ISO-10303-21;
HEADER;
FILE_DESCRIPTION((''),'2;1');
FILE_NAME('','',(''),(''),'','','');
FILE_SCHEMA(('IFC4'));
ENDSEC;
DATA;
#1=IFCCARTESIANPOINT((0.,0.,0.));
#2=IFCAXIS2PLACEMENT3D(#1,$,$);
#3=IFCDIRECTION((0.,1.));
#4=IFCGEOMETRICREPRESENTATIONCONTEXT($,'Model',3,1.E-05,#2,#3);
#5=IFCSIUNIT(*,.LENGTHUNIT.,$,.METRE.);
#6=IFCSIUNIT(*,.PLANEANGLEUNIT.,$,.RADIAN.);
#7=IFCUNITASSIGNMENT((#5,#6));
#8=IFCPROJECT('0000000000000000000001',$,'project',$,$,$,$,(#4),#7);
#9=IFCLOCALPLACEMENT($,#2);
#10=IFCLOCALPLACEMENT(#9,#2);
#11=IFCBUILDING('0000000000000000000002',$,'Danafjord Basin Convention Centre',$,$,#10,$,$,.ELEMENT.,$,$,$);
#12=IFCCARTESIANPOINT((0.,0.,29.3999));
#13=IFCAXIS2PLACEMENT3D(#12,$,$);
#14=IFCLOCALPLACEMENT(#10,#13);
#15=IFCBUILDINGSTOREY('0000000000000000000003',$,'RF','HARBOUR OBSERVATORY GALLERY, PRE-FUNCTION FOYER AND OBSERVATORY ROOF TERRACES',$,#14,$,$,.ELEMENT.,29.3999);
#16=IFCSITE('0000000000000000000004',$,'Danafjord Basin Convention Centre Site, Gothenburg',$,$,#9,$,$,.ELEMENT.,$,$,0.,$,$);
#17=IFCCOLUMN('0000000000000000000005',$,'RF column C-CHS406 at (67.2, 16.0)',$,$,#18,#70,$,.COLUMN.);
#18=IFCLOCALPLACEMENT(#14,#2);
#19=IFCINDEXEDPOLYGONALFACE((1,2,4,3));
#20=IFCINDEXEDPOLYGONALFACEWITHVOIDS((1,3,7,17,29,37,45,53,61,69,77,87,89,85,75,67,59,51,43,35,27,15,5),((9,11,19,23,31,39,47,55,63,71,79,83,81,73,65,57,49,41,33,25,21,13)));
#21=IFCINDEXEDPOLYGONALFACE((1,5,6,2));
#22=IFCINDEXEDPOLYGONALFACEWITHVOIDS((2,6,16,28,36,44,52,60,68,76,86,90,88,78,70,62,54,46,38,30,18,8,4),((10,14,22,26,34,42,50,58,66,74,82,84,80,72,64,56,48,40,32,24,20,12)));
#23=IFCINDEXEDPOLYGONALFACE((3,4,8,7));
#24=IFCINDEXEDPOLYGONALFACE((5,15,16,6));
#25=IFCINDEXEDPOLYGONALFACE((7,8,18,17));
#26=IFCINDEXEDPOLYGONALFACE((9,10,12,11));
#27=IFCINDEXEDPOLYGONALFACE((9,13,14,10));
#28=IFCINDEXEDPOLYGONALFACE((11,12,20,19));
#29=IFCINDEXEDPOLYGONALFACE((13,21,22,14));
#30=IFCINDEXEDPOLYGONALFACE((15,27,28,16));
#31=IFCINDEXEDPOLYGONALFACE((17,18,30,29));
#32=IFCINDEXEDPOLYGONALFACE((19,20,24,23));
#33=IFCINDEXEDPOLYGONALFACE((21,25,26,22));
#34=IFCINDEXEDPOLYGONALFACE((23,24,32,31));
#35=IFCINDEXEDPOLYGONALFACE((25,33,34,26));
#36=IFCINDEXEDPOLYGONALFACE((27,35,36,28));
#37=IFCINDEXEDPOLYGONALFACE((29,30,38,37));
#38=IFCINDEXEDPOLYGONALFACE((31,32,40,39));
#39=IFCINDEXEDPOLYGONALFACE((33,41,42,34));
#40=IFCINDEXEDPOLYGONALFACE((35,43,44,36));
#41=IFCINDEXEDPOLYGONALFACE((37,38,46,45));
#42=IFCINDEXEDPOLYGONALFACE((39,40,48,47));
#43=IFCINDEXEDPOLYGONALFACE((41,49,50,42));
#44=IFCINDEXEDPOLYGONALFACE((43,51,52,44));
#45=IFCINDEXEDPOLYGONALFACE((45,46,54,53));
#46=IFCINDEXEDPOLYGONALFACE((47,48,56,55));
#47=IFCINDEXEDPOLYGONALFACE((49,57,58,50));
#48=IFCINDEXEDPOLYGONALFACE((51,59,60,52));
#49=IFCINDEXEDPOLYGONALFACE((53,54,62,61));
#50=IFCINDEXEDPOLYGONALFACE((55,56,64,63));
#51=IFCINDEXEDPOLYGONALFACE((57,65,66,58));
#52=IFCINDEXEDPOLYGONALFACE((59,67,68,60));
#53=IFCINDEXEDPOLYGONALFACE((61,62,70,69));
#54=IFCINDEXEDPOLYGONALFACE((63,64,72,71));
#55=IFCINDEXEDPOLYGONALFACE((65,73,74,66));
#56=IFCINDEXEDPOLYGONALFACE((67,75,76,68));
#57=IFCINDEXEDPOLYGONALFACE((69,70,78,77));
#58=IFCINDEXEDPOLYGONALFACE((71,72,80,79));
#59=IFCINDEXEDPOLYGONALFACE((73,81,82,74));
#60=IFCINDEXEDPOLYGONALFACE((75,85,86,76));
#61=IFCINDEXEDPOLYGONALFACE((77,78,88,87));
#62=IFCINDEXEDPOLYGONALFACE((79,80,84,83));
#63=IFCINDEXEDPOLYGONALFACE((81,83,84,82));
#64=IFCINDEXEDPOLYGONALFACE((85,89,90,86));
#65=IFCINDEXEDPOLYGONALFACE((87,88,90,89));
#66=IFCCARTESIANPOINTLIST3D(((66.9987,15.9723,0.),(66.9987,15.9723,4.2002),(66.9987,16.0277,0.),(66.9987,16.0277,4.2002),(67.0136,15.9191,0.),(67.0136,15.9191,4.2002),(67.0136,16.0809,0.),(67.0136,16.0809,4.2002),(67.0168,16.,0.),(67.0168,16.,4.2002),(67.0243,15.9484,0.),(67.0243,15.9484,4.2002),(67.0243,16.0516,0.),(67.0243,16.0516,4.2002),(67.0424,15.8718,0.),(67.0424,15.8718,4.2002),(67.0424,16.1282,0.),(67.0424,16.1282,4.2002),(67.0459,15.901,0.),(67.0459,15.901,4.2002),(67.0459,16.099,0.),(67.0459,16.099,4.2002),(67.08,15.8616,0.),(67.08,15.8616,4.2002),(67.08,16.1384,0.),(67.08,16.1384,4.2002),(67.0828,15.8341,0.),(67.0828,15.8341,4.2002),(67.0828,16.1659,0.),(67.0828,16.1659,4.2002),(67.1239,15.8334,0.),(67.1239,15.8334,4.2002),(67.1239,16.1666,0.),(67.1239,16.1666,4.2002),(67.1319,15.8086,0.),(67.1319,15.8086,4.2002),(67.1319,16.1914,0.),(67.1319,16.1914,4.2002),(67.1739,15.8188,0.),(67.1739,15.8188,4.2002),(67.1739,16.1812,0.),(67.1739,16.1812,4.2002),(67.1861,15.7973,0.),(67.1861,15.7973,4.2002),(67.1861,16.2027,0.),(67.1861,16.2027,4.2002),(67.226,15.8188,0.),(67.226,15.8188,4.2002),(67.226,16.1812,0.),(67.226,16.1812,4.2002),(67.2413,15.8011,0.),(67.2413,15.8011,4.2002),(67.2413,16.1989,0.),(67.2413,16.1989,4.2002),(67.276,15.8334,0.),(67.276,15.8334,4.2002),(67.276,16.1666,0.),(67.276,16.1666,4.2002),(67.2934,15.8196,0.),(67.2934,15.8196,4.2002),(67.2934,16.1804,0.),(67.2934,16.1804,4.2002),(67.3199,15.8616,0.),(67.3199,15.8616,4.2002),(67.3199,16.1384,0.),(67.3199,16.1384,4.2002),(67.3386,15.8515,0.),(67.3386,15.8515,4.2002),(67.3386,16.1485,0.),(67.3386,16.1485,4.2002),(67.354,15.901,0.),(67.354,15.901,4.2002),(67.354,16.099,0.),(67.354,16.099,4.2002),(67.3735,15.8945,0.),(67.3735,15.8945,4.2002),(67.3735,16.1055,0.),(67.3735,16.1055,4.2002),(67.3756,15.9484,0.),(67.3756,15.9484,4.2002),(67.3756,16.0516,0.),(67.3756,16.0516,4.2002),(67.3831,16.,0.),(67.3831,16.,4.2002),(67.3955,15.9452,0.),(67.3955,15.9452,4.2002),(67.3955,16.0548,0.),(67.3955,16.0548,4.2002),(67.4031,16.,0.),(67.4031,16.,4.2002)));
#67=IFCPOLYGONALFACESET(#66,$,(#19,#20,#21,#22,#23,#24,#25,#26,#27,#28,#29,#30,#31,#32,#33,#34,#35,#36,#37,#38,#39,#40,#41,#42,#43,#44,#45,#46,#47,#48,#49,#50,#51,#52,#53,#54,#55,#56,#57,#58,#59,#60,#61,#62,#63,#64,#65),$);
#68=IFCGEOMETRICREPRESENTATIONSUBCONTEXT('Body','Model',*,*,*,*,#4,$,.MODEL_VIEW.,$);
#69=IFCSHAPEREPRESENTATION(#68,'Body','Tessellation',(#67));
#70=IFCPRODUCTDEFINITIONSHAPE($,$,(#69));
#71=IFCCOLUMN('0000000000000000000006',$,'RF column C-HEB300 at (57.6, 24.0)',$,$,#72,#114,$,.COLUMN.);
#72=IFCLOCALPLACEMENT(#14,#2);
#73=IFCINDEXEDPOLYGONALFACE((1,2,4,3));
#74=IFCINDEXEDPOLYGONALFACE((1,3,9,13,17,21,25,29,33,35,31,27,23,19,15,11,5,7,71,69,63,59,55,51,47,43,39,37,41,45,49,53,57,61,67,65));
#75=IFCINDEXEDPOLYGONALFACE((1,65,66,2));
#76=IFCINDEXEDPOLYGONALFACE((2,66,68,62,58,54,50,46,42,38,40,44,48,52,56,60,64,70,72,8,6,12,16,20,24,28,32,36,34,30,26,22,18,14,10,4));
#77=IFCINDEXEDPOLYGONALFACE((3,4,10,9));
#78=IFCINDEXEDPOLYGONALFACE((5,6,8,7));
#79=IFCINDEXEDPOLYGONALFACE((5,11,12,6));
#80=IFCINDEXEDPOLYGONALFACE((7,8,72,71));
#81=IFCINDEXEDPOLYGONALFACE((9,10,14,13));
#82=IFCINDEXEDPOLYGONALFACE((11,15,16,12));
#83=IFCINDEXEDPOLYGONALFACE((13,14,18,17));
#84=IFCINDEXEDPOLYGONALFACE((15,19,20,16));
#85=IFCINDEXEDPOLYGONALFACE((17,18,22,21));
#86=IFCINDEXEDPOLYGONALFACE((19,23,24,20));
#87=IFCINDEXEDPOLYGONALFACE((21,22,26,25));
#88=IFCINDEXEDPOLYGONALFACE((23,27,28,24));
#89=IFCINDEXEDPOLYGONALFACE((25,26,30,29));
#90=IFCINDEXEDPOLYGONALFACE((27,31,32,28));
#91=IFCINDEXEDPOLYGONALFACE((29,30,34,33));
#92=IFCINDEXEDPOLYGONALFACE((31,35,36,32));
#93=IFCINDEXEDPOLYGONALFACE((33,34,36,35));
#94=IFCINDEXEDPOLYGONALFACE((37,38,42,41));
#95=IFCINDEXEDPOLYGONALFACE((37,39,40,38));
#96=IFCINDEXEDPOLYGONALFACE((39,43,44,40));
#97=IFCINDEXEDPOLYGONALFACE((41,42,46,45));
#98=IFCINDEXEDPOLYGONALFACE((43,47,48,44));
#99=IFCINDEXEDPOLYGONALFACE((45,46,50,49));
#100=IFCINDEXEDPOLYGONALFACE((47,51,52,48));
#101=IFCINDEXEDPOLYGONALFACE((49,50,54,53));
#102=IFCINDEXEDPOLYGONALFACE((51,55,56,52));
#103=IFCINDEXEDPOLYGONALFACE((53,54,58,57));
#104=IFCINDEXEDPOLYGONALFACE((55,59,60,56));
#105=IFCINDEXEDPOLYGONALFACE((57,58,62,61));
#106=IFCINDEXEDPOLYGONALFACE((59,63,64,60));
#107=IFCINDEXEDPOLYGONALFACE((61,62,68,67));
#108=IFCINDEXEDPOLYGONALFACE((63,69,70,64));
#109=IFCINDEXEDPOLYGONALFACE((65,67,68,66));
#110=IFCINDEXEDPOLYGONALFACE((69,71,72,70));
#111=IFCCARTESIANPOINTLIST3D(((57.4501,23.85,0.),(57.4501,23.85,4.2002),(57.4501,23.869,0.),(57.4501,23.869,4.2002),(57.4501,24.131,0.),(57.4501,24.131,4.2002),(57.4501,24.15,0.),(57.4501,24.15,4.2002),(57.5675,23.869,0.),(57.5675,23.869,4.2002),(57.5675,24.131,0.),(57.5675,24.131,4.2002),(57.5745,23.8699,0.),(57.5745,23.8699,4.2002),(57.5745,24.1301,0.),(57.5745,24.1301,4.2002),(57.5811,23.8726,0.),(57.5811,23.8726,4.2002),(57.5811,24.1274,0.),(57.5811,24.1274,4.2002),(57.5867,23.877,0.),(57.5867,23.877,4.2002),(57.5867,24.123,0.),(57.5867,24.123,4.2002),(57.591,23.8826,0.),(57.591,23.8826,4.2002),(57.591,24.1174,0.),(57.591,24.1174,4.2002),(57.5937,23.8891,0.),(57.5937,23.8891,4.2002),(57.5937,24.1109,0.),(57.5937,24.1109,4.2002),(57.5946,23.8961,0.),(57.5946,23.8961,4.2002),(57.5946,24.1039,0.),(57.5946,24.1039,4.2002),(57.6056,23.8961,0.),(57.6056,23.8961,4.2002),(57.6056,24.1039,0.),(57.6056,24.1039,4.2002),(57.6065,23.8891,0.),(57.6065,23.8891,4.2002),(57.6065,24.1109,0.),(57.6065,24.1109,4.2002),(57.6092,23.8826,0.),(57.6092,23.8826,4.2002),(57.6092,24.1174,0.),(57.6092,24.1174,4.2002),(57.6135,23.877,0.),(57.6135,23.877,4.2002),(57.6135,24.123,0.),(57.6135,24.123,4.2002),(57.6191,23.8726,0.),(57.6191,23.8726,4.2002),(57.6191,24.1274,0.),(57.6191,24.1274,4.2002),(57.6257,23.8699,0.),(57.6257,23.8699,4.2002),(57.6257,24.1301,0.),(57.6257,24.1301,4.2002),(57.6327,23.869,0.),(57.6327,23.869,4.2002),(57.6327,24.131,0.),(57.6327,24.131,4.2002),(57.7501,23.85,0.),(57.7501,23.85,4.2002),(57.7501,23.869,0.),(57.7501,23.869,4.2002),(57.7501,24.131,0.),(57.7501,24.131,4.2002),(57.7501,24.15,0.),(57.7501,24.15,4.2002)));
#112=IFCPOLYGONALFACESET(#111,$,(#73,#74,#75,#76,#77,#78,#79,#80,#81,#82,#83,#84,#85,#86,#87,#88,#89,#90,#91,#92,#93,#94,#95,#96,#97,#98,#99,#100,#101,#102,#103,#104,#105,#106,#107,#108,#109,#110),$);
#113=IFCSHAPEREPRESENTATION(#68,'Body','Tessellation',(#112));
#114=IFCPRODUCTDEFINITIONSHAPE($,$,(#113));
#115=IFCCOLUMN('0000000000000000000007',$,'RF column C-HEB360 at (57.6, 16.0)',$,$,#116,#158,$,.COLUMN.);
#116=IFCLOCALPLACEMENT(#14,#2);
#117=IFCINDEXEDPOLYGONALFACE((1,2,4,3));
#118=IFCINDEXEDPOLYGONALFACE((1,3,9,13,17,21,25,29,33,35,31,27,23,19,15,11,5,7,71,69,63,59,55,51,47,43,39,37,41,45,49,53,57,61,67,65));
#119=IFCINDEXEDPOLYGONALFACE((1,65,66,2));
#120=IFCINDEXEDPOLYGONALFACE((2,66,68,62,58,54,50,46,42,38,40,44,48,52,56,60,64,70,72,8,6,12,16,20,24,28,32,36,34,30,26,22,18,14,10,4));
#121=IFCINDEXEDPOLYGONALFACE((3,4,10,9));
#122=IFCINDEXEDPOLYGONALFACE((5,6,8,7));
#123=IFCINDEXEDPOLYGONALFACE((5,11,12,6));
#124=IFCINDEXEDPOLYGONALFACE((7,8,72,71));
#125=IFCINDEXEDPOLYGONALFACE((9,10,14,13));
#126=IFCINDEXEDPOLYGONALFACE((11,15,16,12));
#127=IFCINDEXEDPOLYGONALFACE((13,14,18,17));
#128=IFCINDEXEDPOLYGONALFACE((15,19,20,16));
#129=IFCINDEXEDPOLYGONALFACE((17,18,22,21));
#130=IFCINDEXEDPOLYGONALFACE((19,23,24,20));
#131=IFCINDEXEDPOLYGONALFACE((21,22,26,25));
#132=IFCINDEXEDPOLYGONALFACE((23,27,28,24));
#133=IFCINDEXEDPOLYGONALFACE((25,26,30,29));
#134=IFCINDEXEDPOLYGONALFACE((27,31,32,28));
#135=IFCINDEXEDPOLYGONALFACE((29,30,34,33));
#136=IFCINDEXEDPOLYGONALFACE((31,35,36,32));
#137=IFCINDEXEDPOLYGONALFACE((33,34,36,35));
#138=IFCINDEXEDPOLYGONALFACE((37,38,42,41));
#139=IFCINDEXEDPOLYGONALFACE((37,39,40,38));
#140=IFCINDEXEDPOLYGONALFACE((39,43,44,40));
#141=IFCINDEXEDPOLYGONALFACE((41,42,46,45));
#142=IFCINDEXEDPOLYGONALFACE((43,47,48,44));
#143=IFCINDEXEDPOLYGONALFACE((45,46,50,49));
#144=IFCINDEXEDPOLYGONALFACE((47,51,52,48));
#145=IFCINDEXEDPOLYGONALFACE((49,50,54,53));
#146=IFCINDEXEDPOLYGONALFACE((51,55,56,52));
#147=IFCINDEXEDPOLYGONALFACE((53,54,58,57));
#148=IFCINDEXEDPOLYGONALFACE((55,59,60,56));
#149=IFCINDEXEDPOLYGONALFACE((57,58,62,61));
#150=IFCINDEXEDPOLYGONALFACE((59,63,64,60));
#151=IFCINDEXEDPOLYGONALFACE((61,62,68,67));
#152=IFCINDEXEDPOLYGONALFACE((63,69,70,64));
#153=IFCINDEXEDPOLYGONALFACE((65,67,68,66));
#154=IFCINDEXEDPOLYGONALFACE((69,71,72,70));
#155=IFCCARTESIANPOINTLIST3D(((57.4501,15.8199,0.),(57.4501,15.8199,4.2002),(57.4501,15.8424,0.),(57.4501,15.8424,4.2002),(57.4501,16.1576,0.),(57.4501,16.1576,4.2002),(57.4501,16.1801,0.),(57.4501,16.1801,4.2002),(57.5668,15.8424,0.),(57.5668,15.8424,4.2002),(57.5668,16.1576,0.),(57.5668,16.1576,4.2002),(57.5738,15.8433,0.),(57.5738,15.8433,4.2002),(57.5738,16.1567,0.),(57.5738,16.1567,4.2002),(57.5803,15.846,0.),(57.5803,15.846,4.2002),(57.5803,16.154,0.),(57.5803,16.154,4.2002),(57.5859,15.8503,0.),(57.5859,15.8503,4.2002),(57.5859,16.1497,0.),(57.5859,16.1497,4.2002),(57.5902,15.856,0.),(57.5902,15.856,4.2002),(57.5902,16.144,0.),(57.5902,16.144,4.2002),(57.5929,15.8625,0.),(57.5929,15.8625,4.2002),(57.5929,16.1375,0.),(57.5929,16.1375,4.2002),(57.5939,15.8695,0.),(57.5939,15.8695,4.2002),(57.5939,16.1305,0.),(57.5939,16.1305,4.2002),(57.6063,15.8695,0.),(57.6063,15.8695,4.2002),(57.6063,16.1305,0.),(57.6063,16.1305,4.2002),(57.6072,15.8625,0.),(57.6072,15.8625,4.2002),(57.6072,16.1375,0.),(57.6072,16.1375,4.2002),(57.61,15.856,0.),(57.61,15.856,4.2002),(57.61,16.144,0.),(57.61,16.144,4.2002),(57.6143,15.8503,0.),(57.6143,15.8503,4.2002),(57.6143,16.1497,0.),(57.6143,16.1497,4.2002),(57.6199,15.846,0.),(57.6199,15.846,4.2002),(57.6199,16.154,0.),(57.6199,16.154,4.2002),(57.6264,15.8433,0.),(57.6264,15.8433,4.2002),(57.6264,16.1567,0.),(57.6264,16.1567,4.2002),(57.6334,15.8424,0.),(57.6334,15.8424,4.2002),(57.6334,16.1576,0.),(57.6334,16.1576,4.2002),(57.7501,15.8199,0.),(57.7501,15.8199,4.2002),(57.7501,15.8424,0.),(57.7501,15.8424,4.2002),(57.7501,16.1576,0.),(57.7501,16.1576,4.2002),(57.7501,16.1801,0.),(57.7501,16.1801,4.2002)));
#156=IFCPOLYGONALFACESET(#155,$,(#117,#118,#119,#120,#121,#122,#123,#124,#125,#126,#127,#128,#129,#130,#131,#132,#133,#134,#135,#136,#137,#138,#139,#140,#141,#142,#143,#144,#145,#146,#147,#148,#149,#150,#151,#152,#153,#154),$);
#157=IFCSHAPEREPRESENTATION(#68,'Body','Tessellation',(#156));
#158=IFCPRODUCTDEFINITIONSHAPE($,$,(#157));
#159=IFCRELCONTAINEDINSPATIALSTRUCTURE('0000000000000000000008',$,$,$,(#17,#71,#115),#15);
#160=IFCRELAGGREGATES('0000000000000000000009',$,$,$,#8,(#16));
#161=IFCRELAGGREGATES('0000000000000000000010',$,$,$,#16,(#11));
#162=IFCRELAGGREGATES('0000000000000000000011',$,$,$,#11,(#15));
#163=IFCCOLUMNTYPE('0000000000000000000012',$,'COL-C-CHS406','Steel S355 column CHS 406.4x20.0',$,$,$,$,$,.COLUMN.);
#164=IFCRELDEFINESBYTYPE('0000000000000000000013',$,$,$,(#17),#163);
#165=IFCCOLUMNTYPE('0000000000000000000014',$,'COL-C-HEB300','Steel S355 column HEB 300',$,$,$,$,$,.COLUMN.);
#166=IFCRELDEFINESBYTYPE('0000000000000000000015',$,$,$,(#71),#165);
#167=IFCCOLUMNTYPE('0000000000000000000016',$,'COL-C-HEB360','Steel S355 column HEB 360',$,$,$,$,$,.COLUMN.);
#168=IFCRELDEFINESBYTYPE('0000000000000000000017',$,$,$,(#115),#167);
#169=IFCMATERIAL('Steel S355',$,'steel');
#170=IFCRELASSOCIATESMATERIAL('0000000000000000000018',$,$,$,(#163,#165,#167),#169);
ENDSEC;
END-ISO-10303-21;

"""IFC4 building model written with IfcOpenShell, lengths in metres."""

from ifc_helpers import new_model, si_unit, direction, frame, origin, origin_2d, place, context, subcontext, project, spatial, hollow_circle, i_section, extrude, material, material_profile, profile_set, type_object, element, save


model = new_model("IFC4")

# Units and contexts
model_context = context("Model", 3, precision=1e-05, world=origin(), true_north=direction((0.0, 1.0)))
body_context = subcontext(model_context, "Body", "Model", "MODEL_VIEW")
ifc_project = project(units=[si_unit("LENGTHUNIT", "METRE"), si_unit("PLANEANGLEUNIT", "RADIAN")], contexts=[model_context])

# Site, building, storey
site_placement = place(None, origin())
site = spatial("IfcSite", under=ifc_project, at=site_placement, Name="Danafjord Basin Convention Centre Site, Gothenburg", CompositionType="ELEMENT", RefElevation=0.0)
building_placement = place(site_placement, origin())
building = spatial("IfcBuilding", under=site, at=building_placement, Name="Danafjord Basin Convention Centre", CompositionType="ELEMENT")
storey_placement = place(building_placement, frame((0.0, 0.0, 29.3999)))
storey = spatial("IfcBuildingStorey", under=building, at=storey_placement, Name="RF", Description="HARBOUR OBSERVATORY GALLERY, PRE-FUNCTION FOYER AND OBSERVATORY ROOF TERRACES", CompositionType="ELEMENT", Elevation=29.3999)

# Columns
ifc_material_1 = material(Name="Steel S355", Category="steel")
ifc_material_profile_1 = material_profile(ifc_material_1, hollow_circle(Radius=0.2031, WallThickness=0.02, at=origin_2d()), Name="CHS 406.4x20.0")
ifc_profile_set_1 = profile_set([ifc_material_profile_1], Name="Steel S355")
column_type_1 = type_object("IfcColumnType", Name="COL-C-CHS406", Description="Steel S355 column CHS 406.4x20.0", PredefinedType="COLUMN", material=ifc_profile_set_1)
column_1_placement = place(storey_placement, frame((67.2, 16.0, 0.0), z_axis=(0.0, 0.0, 1.0), x_axis=(1.0, 0.0, 0.0)))
element("IfcColumn", 1, at=column_1_placement, inside=storey, type_object=column_type_1, Name="RF column C-CHS406 at (67.2, 16.0)", PredefinedType="COLUMN", context=body_context, shape_type="SweptSolid", body=[
    extrude(hollow_circle(Radius=0.2031, WallThickness=0.02, at=origin_2d()), origin(), (0.0, 0.0, 1.0), 4.2002),
])
ifc_material_profile_2 = material_profile(ifc_material_1, i_section(OverallWidth=0.3, OverallDepth=0.3, WebThickness=0.011, FlangeThickness=0.019, FilletRadius=0.0271, at=origin_2d()), Name="HEB 300")
ifc_profile_set_2 = profile_set([ifc_material_profile_2], Name="Steel S355")
column_type_2 = type_object("IfcColumnType", Name="COL-C-HEB300", Description="Steel S355 column HEB 300", PredefinedType="COLUMN", material=ifc_profile_set_2)
column_2_placement = place(storey_placement, frame((57.6001, 24.0, 0.0), z_axis=(0.0, 0.0, 1.0), x_axis=(1.0, 0.0, 0.0)))
element("IfcColumn", 2, at=column_2_placement, inside=storey, type_object=column_type_2, Name="RF column C-HEB300 at (57.6, 24.0)", PredefinedType="COLUMN", context=body_context, shape_type="SweptSolid", body=[
    extrude(i_section(OverallWidth=0.3, OverallDepth=0.3, WebThickness=0.011, FlangeThickness=0.019, FilletRadius=0.0271, at=origin_2d()), origin(), (0.0, 0.0, 1.0), 4.2002),
])
ifc_material_profile_3 = material_profile(ifc_material_1, i_section(OverallWidth=0.3, OverallDepth=0.3601, WebThickness=0.0125, FlangeThickness=0.0225, FilletRadius=0.0271, at=origin_2d()), Name="HEB 360")
ifc_profile_set_3 = profile_set([ifc_material_profile_3], Name="Steel S355")
column_type_3 = type_object("IfcColumnType", Name="COL-C-HEB360", Description="Steel S355 column HEB 360", PredefinedType="COLUMN", material=ifc_profile_set_3)
column_3_placement = place(storey_placement, frame((57.6001, 16.0, 0.0), z_axis=(0.0, 0.0, 1.0), x_axis=(1.0, 0.0, 0.0)))
element("IfcColumn", 3, at=column_3_placement, inside=storey, type_object=column_type_3, Name="RF column C-HEB360 at (57.6, 16.0)", PredefinedType="COLUMN", context=body_context, shape_type="SweptSolid", body=[
    extrude(i_section(OverallWidth=0.3, OverallDepth=0.3601, WebThickness=0.0125, FlangeThickness=0.0225, FilletRadius=0.0271, at=origin_2d()), origin(), (0.0, 0.0, 1.0), 4.2002),
])

save(model, "model.ifc")
